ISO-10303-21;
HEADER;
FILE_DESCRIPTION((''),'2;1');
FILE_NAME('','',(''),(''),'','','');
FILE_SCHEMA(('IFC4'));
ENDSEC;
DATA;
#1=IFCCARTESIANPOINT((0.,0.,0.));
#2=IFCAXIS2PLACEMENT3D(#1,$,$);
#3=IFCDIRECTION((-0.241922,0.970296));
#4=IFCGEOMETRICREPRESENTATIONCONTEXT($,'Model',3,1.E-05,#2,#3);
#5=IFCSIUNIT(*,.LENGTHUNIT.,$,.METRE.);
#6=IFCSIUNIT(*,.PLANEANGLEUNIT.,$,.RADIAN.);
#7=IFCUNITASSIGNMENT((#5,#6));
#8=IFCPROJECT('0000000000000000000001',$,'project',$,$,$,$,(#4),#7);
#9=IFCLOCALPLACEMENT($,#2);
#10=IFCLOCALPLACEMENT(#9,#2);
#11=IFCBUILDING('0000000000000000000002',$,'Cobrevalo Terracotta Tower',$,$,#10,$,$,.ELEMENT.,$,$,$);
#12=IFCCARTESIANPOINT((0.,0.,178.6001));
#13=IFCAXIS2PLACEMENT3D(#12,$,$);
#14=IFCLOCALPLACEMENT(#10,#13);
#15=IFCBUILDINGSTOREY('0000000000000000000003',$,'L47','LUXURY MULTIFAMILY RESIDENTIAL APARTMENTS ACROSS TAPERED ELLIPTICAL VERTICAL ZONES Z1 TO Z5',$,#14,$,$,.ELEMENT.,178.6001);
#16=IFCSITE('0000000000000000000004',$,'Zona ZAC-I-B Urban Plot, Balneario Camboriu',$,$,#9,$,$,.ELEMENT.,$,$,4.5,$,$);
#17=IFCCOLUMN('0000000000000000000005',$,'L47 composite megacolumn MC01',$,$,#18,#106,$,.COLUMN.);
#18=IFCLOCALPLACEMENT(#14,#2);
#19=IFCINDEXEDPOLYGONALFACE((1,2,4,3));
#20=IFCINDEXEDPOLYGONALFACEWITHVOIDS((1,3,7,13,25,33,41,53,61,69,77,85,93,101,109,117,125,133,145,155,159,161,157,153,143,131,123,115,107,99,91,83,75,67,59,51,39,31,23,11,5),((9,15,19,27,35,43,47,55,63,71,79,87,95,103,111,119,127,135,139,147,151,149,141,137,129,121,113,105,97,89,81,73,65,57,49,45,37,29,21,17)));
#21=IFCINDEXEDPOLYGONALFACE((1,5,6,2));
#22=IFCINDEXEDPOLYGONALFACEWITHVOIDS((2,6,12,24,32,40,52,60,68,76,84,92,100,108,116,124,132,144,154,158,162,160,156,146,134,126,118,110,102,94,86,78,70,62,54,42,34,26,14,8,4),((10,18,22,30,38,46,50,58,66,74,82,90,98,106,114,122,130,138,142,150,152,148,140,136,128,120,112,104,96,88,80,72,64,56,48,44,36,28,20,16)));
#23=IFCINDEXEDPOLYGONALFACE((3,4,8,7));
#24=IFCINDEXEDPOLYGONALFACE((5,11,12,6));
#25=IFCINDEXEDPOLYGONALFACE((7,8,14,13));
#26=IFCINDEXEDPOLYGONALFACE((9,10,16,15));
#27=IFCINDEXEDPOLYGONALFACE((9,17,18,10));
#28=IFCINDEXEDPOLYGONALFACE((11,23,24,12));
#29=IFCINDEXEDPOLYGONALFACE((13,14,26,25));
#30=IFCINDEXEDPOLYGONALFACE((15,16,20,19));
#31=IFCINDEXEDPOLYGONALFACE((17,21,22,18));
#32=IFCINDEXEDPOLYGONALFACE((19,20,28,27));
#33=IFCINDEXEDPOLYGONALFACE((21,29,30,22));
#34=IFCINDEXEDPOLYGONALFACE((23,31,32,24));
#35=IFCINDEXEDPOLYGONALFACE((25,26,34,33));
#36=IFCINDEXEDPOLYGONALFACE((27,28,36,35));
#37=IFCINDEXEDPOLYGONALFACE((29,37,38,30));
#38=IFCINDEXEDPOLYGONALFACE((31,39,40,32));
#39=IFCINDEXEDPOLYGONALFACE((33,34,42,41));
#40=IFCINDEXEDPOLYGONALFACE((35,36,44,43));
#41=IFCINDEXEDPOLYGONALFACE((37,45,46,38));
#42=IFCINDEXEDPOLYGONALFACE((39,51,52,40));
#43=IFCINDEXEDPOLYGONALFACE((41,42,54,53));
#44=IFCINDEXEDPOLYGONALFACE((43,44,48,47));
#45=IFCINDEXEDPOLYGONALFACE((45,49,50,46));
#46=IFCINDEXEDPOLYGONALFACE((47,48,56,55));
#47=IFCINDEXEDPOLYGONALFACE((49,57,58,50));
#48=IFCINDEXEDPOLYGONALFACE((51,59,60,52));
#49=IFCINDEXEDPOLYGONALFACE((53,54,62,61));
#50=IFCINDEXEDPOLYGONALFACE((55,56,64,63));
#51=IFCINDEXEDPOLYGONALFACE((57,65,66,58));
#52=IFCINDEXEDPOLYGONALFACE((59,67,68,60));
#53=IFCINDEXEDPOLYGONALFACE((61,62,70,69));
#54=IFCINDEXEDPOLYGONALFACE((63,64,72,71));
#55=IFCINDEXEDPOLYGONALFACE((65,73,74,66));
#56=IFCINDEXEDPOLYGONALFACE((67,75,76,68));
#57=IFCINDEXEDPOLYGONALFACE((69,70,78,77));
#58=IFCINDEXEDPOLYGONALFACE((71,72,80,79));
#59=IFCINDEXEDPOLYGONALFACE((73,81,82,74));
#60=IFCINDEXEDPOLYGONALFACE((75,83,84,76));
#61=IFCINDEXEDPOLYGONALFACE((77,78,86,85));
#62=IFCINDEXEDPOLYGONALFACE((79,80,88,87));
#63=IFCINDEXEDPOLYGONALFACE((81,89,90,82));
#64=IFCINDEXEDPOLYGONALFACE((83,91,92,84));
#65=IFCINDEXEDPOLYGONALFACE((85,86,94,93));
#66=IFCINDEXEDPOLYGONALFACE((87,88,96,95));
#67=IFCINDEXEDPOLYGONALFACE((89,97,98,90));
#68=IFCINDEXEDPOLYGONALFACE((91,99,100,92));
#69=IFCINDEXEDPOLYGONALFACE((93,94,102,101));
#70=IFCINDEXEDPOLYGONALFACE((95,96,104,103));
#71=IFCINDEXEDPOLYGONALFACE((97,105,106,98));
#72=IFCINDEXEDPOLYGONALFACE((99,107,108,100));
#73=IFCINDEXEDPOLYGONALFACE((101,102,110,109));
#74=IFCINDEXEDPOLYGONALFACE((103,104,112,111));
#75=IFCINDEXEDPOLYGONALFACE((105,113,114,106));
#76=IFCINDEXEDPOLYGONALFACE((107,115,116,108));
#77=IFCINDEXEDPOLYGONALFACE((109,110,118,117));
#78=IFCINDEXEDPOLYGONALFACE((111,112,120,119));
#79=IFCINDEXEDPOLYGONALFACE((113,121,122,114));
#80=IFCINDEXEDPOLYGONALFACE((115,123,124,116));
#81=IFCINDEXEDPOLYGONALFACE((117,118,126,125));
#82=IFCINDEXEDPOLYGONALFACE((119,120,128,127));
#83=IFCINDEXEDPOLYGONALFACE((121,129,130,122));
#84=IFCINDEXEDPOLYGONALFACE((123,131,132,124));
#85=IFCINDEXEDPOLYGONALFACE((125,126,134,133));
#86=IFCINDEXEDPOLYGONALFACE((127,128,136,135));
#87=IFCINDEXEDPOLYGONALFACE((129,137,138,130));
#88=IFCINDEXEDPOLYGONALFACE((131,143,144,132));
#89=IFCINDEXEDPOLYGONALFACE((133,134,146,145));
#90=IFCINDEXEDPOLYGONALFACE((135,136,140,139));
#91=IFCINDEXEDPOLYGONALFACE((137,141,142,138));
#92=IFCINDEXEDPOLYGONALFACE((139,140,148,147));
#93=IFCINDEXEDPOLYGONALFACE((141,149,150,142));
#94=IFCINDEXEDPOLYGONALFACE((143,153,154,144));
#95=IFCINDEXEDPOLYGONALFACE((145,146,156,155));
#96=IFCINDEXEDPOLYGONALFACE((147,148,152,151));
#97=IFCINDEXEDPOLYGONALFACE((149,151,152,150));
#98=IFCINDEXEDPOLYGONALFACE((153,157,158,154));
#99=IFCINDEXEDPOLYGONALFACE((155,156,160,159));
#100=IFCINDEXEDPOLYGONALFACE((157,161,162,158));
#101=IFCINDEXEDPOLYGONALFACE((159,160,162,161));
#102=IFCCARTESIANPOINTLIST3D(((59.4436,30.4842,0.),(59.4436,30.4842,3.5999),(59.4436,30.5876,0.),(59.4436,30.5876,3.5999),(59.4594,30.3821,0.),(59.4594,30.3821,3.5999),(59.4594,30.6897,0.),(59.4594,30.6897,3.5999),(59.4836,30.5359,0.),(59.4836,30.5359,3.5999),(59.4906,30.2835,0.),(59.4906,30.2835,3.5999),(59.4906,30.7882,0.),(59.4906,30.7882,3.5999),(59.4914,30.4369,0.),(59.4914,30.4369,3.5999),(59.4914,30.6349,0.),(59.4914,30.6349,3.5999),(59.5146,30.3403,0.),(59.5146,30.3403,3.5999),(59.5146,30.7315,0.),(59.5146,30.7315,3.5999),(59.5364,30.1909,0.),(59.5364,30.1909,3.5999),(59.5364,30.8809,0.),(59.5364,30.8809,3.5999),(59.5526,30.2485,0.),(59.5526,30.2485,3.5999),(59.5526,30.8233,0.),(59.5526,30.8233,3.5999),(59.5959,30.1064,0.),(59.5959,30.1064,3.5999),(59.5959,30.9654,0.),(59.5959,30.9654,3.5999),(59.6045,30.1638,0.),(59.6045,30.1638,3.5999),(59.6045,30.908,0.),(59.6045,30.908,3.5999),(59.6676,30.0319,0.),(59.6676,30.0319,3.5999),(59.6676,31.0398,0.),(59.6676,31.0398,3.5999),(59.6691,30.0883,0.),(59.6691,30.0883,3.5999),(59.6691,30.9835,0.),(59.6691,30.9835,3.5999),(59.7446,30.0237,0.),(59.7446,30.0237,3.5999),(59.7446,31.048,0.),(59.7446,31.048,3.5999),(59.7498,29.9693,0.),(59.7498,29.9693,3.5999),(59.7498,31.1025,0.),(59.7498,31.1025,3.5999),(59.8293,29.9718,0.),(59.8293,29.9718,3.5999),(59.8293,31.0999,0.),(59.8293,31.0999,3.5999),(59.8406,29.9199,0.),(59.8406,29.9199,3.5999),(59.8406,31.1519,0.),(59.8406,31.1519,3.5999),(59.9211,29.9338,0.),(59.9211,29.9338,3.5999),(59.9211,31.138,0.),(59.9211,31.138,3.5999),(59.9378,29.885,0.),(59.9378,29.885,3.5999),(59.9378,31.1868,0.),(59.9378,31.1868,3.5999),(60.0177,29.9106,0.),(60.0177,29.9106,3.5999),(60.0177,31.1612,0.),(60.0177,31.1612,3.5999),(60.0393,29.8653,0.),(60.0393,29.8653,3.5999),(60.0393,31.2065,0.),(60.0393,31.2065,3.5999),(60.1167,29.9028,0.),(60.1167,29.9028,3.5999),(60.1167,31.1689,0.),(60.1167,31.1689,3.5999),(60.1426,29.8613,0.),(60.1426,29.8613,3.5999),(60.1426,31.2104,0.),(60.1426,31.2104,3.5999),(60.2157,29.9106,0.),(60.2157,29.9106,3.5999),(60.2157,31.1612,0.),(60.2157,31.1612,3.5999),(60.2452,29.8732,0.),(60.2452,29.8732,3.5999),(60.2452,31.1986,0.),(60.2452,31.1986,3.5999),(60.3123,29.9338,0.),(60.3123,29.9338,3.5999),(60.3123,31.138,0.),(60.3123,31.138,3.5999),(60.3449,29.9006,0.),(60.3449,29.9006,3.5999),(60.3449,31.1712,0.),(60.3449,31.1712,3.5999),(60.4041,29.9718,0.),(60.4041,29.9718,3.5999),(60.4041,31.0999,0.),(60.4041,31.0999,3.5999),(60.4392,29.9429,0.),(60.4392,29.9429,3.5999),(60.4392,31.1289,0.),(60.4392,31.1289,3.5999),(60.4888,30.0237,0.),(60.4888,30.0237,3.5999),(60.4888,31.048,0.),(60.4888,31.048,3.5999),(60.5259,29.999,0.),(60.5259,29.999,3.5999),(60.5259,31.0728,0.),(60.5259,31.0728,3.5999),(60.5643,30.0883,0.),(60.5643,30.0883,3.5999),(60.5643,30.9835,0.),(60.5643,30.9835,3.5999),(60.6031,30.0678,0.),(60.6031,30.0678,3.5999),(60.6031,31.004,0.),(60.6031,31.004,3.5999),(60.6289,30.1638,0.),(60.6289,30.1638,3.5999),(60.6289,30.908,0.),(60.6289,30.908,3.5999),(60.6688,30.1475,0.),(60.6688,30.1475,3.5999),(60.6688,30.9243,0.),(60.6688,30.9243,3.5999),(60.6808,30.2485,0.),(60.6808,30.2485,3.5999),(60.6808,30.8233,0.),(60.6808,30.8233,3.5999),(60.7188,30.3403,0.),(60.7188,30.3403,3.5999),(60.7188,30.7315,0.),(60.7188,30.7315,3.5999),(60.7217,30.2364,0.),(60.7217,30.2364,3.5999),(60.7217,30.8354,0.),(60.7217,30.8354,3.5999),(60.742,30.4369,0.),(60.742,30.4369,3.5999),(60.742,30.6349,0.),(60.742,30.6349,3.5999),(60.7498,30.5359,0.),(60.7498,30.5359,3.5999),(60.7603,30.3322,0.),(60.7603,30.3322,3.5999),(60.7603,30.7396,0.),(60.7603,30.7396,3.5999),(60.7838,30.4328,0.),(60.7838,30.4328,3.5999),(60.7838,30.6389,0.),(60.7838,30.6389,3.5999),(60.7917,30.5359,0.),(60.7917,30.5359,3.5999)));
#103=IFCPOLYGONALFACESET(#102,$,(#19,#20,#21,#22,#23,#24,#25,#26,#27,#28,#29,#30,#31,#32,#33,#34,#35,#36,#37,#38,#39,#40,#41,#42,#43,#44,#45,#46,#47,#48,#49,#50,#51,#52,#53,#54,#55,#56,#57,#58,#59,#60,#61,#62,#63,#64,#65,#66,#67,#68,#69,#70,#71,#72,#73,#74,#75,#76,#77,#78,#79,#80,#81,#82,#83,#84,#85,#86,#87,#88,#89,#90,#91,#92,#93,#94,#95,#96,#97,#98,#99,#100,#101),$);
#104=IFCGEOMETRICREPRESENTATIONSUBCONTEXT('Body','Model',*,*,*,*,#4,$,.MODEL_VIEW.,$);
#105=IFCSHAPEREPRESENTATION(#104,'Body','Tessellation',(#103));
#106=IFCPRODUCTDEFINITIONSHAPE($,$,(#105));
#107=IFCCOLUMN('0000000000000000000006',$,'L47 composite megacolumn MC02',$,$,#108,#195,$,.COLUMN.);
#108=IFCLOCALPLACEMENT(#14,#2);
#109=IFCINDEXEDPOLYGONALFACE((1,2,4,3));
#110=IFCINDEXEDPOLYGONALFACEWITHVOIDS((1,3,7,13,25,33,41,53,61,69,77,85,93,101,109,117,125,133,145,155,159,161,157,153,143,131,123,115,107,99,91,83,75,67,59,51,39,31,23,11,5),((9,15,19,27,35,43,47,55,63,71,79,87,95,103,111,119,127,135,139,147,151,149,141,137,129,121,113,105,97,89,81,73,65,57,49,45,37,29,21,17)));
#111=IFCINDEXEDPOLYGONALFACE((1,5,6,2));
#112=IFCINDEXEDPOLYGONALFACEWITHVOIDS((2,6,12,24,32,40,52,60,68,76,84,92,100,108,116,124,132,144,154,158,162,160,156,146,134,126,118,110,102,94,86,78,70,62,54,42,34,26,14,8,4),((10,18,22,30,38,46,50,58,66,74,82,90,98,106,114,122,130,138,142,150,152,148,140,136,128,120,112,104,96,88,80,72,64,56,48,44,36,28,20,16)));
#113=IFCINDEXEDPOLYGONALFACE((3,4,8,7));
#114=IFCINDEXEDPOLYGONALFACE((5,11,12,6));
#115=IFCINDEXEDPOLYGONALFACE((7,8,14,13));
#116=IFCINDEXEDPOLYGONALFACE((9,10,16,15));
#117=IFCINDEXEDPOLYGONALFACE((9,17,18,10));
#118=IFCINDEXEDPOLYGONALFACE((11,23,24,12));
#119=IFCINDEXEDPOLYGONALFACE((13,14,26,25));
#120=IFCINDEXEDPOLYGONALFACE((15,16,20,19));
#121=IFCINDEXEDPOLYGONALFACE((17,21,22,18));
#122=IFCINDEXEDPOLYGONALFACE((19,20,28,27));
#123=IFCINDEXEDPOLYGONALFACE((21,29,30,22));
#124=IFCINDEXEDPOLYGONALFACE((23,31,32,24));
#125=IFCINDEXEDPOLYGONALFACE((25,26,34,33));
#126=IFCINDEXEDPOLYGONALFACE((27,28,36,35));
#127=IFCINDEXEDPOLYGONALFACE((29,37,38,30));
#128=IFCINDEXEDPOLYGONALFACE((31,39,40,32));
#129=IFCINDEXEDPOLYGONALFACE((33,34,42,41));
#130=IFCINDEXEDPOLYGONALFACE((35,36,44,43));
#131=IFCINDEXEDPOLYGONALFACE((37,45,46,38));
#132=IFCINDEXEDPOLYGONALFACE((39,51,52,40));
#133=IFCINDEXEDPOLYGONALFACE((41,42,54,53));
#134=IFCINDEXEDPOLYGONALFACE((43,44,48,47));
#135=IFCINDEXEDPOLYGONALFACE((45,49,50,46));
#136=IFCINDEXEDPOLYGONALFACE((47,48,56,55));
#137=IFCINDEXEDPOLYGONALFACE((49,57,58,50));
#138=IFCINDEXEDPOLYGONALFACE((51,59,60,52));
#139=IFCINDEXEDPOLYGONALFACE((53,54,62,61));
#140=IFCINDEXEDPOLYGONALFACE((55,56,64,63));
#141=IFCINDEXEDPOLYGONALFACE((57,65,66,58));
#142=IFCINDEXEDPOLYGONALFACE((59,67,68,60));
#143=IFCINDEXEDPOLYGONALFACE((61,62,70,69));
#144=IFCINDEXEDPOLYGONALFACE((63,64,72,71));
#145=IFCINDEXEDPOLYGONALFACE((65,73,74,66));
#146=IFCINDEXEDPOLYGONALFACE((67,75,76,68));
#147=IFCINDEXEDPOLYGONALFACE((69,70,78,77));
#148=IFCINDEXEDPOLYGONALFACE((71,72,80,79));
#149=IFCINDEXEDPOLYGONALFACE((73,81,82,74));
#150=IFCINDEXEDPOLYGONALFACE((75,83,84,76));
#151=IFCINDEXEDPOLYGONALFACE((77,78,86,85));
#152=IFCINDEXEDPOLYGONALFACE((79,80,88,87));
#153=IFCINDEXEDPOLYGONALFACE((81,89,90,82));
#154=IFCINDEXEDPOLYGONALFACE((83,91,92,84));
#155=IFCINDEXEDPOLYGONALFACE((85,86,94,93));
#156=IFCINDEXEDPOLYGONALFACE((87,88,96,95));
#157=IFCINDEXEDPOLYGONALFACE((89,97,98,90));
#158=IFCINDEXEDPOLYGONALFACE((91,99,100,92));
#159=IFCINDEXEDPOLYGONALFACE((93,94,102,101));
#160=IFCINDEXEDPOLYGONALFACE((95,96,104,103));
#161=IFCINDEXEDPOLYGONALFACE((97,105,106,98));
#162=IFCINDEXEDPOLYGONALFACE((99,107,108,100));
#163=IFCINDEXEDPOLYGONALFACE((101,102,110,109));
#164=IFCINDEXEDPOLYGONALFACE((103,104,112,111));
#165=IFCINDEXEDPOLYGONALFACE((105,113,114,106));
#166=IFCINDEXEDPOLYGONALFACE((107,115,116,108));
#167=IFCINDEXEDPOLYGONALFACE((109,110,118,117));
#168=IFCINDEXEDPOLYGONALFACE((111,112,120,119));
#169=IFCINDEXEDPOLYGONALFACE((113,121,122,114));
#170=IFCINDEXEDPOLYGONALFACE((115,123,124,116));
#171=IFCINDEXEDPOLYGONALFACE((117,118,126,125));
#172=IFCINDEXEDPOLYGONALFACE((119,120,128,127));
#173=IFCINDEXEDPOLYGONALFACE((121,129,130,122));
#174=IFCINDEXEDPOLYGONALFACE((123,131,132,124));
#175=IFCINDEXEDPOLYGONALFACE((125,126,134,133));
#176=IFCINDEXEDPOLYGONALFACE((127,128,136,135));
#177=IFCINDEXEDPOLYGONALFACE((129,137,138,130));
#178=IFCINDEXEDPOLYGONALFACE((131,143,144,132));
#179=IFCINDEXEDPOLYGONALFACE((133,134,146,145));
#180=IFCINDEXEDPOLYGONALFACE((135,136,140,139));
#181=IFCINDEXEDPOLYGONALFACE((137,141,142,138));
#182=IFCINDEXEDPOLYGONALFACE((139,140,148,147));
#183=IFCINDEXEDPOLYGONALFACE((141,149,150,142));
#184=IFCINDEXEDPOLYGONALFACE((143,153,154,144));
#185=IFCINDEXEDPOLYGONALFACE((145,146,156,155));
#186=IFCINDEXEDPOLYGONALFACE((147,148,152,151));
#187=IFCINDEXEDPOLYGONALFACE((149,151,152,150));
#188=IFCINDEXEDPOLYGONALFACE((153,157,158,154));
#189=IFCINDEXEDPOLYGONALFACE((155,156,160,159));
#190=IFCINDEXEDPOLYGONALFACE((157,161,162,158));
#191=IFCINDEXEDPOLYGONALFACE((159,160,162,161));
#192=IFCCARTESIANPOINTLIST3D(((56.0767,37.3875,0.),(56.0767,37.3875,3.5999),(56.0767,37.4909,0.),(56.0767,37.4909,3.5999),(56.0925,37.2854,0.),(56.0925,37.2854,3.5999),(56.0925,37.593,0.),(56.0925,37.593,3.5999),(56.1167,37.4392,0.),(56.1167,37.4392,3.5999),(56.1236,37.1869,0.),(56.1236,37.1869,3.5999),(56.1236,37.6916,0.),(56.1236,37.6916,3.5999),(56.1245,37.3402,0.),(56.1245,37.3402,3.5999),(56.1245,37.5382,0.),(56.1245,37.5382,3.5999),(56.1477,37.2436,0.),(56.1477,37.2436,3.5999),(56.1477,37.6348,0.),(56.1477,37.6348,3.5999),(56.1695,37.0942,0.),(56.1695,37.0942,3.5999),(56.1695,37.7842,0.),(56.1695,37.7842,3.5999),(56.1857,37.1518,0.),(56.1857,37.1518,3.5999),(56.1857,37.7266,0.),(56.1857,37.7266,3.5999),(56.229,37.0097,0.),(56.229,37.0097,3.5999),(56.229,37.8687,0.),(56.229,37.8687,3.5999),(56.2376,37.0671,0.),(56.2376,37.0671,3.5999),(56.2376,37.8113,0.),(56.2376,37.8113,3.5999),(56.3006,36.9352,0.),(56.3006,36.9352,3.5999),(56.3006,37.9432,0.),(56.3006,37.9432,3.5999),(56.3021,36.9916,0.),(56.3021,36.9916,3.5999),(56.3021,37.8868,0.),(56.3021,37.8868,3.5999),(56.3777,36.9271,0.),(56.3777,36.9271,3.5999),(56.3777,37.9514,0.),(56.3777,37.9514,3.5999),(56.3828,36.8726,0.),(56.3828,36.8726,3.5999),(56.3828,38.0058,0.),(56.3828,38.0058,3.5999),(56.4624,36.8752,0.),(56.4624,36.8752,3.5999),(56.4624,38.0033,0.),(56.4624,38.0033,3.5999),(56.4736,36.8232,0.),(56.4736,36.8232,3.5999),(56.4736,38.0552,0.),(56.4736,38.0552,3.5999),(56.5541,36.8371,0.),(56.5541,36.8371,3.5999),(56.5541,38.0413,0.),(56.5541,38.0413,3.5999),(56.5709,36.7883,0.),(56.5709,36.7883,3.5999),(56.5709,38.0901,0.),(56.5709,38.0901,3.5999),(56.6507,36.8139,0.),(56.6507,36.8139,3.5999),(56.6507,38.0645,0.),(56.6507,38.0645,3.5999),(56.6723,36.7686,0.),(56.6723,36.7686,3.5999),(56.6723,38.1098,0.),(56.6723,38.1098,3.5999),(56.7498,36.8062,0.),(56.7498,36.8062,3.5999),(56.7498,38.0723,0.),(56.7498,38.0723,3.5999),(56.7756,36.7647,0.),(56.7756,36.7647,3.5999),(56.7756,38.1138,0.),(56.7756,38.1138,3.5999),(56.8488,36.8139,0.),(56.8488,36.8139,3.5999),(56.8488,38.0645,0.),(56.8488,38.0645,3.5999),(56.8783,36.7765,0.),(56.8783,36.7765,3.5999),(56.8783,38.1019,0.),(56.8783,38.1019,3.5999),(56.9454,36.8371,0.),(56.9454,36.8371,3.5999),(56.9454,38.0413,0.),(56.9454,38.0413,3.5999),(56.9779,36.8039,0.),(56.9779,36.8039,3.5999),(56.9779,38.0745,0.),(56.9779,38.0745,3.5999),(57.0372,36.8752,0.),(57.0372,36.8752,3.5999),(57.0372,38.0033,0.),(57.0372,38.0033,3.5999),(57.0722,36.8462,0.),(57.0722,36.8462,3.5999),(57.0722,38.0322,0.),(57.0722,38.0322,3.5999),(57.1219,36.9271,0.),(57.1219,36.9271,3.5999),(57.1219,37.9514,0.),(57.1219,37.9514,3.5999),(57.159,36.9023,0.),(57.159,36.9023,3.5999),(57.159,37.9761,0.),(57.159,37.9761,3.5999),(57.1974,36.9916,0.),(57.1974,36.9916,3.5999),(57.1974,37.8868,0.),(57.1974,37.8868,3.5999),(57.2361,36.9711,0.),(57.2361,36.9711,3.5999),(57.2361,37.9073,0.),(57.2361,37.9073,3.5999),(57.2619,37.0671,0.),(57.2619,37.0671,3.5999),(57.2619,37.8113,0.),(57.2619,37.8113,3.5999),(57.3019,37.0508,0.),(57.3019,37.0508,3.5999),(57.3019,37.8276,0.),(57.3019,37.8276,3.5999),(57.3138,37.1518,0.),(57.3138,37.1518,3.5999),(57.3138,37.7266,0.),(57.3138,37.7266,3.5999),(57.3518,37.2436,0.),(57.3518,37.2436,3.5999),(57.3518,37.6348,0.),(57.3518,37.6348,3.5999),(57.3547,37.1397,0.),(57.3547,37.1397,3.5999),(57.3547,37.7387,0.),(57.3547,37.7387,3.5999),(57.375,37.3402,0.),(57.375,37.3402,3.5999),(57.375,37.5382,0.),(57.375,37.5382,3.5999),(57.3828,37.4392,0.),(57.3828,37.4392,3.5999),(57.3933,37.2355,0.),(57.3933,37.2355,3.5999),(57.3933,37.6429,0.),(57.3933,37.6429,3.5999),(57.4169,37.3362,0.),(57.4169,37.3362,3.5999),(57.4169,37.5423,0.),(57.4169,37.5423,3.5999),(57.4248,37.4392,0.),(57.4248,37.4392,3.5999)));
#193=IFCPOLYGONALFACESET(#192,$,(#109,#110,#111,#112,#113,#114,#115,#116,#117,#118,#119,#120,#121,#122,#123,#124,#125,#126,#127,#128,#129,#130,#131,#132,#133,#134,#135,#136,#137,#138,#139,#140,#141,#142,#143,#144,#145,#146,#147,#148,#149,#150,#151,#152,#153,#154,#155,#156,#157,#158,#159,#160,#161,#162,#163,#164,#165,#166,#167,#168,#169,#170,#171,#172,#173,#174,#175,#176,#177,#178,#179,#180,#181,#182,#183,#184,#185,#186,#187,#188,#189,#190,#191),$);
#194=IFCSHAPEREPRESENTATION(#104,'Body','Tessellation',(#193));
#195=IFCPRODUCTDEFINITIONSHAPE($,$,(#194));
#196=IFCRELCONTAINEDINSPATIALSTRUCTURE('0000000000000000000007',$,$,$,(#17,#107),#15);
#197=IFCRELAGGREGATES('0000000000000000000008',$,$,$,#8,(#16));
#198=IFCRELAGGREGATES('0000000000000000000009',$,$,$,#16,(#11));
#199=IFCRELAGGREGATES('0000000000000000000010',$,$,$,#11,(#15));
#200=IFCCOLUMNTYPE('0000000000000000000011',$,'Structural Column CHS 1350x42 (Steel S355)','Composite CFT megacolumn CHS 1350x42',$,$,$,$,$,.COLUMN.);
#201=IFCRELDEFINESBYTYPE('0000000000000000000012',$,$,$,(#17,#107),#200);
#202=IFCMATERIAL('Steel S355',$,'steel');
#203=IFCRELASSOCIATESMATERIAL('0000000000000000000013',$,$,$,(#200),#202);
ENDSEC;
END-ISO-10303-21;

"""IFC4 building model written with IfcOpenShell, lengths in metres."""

from ifc_helpers import new_model, si_unit, direction, frame, origin, origin_2d, place, context, subcontext, project, spatial, hollow_circle, extrude, material, material_profile, profile_set, type_object, element, save


model = new_model("IFC4")

# Units and contexts
model_context = context("Model", 3, precision=1e-05, world=origin(), true_north=direction((-0.241922, 0.970296)))
body_context = subcontext(model_context, "Body", "Model", "MODEL_VIEW")
ifc_project = project(units=[si_unit("LENGTHUNIT", "METRE"), si_unit("PLANEANGLEUNIT", "RADIAN")], contexts=[model_context])

# Site, building, storey
site_placement = place(None, origin())
site = spatial("IfcSite", under=ifc_project, at=site_placement, Name="Zona ZAC-I-B Urban Plot, Balneario Camboriu", CompositionType="ELEMENT", RefElevation=4.5)
building_placement = place(site_placement, origin())
building = spatial("IfcBuilding", under=site, at=building_placement, Name="Cobrevalo Terracotta Tower", CompositionType="ELEMENT")
storey_placement = place(building_placement, frame((0.0, 0.0, 178.6001)))
storey = spatial("IfcBuildingStorey", under=building, at=storey_placement, Name="L47", Description="LUXURY MULTIFAMILY RESIDENTIAL APARTMENTS ACROSS TAPERED ELLIPTICAL VERTICAL ZONES Z1 TO Z5", CompositionType="ELEMENT", Elevation=178.6001)

# Columns
ifc_material_1 = material(Name="Steel S355", Category="steel")
ifc_material_profile_1 = material_profile(ifc_material_1, hollow_circle(Radius=0.675, WallThickness=0.042, at=origin_2d()), Name="CHS 1350x42")
ifc_profile_set_1 = profile_set([ifc_material_profile_1], Name="Steel S355")
column_type = type_object("IfcColumnType", Name="Structural Column CHS 1350x42 (Steel S355)", Description="Composite CFT megacolumn CHS 1350x42", PredefinedType="COLUMN", material=ifc_profile_set_1)
for number, where, z_axis, x_axis, name in (
    (1, (60.1167, 30.5359, 0.0), (0.0, 0.0, 1.0), (1.0, 0.0, 0.0), "L47 composite megacolumn MC01"),
    (2, (56.7498, 37.4392, 0.0), (0.0, 0.0, 1.0), (1.0, 0.0, 0.0), "L47 composite megacolumn MC02"),
):
    element("IfcColumn", number, at=place(storey_placement, frame(where, z_axis=z_axis, x_axis=x_axis)), inside=storey, type_object=column_type, Name=name, PredefinedType="COLUMN", context=body_context, shape_type="SweptSolid", body=[
        extrude(hollow_circle(Radius=0.675, WallThickness=0.042, at=origin_2d()), origin(), (0.0, 0.0, 1.0), 3.5999),
    ])

save(model, "model.ifc")
